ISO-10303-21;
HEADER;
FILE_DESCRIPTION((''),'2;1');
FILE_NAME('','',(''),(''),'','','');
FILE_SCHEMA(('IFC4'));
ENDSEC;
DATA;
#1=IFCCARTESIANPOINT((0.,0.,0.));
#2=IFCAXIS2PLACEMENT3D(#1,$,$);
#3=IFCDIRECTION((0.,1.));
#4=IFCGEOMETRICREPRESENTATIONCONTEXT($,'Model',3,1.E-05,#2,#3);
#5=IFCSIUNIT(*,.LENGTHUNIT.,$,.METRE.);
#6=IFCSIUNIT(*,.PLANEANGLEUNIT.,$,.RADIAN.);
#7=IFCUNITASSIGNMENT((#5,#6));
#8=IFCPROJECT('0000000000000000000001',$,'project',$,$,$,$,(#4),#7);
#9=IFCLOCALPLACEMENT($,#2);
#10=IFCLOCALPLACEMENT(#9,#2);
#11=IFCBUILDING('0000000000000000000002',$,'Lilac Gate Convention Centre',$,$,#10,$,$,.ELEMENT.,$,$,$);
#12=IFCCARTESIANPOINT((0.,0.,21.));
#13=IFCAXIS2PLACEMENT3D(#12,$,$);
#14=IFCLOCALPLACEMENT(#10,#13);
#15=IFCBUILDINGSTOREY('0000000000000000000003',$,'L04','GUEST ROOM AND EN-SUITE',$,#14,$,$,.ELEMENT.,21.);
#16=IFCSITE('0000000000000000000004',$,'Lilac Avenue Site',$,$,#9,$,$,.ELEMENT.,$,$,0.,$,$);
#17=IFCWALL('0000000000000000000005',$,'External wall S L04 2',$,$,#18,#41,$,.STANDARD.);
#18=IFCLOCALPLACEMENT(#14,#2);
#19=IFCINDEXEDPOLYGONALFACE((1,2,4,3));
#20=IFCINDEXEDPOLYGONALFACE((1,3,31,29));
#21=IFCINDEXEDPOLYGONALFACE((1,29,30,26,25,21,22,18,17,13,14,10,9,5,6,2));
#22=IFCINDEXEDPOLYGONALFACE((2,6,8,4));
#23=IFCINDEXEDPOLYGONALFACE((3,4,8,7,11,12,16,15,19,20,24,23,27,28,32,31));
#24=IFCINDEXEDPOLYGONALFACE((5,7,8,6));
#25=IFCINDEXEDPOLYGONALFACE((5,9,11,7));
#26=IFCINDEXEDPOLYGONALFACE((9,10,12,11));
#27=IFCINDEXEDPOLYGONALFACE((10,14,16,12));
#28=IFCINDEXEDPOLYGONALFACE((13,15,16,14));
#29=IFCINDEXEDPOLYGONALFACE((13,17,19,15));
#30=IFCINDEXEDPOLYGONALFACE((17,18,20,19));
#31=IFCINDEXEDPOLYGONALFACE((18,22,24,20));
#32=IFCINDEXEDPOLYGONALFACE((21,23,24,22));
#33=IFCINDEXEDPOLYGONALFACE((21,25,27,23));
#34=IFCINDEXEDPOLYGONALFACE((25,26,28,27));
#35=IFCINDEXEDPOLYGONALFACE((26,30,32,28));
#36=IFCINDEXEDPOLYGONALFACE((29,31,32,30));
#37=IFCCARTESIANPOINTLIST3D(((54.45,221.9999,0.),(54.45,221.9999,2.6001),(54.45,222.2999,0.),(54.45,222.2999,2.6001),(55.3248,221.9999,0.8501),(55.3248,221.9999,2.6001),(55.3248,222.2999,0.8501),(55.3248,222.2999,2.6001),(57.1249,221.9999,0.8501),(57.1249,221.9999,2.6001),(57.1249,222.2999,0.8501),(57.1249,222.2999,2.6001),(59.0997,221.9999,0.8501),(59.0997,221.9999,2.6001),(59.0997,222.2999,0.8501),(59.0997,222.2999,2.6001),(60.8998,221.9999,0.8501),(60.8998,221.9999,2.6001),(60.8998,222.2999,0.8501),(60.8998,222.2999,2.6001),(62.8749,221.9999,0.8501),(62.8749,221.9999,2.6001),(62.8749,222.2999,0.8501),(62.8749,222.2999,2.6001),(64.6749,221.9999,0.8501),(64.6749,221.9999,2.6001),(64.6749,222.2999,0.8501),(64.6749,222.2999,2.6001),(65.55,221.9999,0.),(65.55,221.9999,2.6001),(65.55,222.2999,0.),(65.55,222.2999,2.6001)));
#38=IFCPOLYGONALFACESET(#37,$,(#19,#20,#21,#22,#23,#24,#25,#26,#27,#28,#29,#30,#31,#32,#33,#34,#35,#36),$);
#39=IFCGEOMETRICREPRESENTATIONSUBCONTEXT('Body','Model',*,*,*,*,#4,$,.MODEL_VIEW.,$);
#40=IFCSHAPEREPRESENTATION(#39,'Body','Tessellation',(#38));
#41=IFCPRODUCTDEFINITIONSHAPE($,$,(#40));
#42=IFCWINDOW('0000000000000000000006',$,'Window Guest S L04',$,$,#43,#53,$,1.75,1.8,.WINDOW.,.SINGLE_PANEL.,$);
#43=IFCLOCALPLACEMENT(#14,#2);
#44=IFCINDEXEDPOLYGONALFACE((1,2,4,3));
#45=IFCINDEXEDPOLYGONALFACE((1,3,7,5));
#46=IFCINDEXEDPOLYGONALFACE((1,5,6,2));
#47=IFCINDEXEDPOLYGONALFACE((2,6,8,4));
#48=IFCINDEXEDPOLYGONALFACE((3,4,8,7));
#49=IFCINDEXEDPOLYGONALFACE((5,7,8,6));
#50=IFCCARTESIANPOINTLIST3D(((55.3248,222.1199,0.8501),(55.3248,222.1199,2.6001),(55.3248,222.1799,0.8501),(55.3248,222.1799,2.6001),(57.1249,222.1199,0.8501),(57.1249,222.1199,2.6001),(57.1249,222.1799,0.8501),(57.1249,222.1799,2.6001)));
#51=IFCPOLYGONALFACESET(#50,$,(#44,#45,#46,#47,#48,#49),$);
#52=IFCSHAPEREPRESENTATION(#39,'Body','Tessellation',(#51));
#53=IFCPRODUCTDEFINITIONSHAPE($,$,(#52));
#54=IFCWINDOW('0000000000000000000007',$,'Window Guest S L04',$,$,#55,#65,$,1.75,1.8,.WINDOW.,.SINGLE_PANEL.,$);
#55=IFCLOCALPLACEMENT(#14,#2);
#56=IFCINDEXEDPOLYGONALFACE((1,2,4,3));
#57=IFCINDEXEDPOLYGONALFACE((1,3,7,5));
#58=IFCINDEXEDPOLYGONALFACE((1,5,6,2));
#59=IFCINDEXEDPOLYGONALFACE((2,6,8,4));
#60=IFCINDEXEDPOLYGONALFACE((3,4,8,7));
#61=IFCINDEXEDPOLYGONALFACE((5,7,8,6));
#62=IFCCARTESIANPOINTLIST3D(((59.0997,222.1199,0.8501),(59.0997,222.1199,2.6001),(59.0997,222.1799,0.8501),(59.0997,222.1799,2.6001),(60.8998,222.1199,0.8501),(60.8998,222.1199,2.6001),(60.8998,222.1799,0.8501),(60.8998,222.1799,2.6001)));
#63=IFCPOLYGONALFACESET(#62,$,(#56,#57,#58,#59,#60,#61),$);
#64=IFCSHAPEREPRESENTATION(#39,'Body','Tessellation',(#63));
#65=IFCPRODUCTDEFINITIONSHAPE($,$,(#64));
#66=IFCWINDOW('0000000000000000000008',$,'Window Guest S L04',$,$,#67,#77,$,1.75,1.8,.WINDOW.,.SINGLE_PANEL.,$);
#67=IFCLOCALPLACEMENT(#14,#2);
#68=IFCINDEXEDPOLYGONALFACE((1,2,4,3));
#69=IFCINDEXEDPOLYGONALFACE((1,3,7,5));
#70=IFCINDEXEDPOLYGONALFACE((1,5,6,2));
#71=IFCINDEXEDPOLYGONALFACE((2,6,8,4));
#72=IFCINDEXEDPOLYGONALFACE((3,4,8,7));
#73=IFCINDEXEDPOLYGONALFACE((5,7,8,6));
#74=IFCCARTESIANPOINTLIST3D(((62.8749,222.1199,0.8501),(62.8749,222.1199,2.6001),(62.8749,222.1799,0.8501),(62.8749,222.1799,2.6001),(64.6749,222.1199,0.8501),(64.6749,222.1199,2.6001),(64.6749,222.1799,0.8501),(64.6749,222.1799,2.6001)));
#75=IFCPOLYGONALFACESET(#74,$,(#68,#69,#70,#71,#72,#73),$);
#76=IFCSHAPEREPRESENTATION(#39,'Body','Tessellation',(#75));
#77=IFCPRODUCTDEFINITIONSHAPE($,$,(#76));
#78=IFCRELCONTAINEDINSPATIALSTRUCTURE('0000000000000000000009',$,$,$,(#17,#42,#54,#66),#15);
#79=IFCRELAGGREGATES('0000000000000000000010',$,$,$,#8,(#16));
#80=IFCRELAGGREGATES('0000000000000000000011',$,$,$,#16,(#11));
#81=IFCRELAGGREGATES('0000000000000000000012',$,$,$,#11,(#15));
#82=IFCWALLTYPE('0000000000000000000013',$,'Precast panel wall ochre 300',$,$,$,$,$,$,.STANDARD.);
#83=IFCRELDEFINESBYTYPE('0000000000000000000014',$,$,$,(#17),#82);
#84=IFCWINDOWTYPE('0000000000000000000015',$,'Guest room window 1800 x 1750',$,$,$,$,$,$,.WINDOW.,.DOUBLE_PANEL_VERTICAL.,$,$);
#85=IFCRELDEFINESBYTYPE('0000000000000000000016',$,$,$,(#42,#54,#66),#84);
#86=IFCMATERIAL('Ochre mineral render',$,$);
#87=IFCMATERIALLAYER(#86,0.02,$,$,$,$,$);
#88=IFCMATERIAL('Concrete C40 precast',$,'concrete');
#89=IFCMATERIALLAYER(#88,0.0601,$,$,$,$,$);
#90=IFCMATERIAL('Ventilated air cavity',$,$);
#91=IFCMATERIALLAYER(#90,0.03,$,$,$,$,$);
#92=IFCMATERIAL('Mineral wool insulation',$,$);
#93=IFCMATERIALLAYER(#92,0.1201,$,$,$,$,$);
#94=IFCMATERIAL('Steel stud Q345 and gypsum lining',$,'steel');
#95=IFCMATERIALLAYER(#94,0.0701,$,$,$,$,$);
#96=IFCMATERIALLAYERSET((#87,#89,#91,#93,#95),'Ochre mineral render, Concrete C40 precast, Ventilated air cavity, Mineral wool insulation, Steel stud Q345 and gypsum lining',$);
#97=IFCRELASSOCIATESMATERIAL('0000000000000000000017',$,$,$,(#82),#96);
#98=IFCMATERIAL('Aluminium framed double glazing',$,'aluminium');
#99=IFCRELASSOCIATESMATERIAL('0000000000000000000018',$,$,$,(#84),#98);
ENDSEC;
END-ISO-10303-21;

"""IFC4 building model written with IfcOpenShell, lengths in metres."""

from ifc_helpers import new_model, si_unit, direction, frame, frame_2d, origin, place, context, subcontext, project, spatial, rectangle, extrude, material, layer, layer_set, type_object, element, fill, save


model = new_model("IFC4")

# Units and contexts
model_context = context("Model", 3, precision=1e-05, world=origin(), true_north=direction((0.0, 1.0)))
body_context = subcontext(model_context, "Body", "Model", "MODEL_VIEW")
ifc_project = project(units=[si_unit("LENGTHUNIT", "METRE"), si_unit("PLANEANGLEUNIT", "RADIAN")], contexts=[model_context])

# Site, building, storey
site_placement = place(None, origin())
site = spatial("IfcSite", under=ifc_project, at=site_placement, Name="Lilac Avenue Site", CompositionType="ELEMENT", RefElevation=0.0)
building_placement = place(site_placement, origin())
building = spatial("IfcBuilding", under=site, at=building_placement, Name="Lilac Gate Convention Centre", CompositionType="ELEMENT")
storey_placement = place(building_placement, frame((0.0, 0.0, 21.0)))
storey = spatial("IfcBuildingStorey", under=building, at=storey_placement, Name="L04", Description="GUEST ROOM AND EN-SUITE", CompositionType="ELEMENT", Elevation=21.0)

# Shared definitions
ifc_material_1 = material(Name="Mineral wool insulation")

# Shared definitions
ifc_material_2 = material(Name="Concrete C40 precast", Category="concrete")
ifc_material_3 = material(Name="Ochre mineral render")

# Wall, openings, windows
ifc_layer_1 = layer(ifc_material_3, 0.02)
ifc_layer_2 = layer(ifc_material_2, 0.0601)
ifc_material_4 = material(Name="Ventilated air cavity")
ifc_layer_3 = layer(ifc_material_4, 0.03)
ifc_layer_4 = layer(ifc_material_1, 0.1201)
ifc_material_5 = material(Name="Steel stud Q345 and gypsum lining", Category="steel")
ifc_layer_5 = layer(ifc_material_5, 0.0701)
ifc_layer_set_1 = layer_set([ifc_layer_1, ifc_layer_2, ifc_layer_3, ifc_layer_4, ifc_layer_5], Name="Ochre mineral render, Concrete C40 precast, Ventilated air cavity, Mineral wool insulation, Steel stud Q345 and gypsum lining")
wall_type_1 = type_object("IfcWallType", Name="Precast panel wall ochre 300", PredefinedType="STANDARD", material=ifc_layer_set_1)
ifc_material_6 = material(Name="Aluminium framed double glazing", Category="aluminium")
window_type = type_object("IfcWindowType", Name="Guest room window 1800 x 1750", PartitioningType="DOUBLE_PANEL_VERTICAL", PredefinedType="WINDOW", material=ifc_material_6)
wall_1_placement = place(storey_placement, frame((54.45, 222.1499, 0.0), z_axis=(0.0, 0.0, 1.0), x_axis=(1.0, 0.0, 0.0)))
wall_1 = element("IfcWall", 1, at=wall_1_placement, inside=storey, type_object=wall_type_1, Name="External wall S L04 2", PredefinedType="STANDARD", context=body_context, shape_type="SweptSolid", body=[
    extrude(rectangle(XDim=11.1001, YDim=0.3, at=frame_2d((5.55, 0.0))), origin(), (0.0, 0.0, 1.0), 2.6001),
])
opening_1_placement = place(wall_1_placement, frame((0.875, 0.0, 0.8501)))
opening_1 = element("IfcOpeningElement", 2, at=opening_1_placement, cuts=wall_1, PredefinedType="OPENING", context=body_context, shape_type="SweptSolid", body=[
    extrude(rectangle(XDim=1.8, YDim=1.75, at=frame_2d((0.8999, 0.875))), frame((0.0, 0.1599, 0.0), z_axis=(0.0, -1.0, 0.0), x_axis=(1.0, 0.0, 0.0)), (0.0, 0.0, 1.0), 0.3201),
])
opening_2_placement = place(wall_1_placement, frame((4.6499, 0.0, 0.8501)))
opening_2 = element("IfcOpeningElement", 3, at=opening_2_placement, cuts=wall_1, PredefinedType="OPENING", context=body_context, shape_type="SweptSolid", body=[
    extrude(rectangle(XDim=1.8, YDim=1.75, at=frame_2d((0.8999, 0.875))), frame((0.0, 0.1599, 0.0), z_axis=(0.0, -1.0, 0.0), x_axis=(1.0, 0.0, 0.0)), (0.0, 0.0, 1.0), 0.3201),
])
opening_3_placement = place(wall_1_placement, frame((8.425, 0.0, 0.8501)))
opening_3 = element("IfcOpeningElement", 4, at=opening_3_placement, cuts=wall_1, PredefinedType="OPENING", context=body_context, shape_type="SweptSolid", body=[
    extrude(rectangle(XDim=1.8, YDim=1.75, at=frame_2d((0.8999, 0.875))), frame((0.0, 0.1599, 0.0), z_axis=(0.0, -1.0, 0.0), x_axis=(1.0, 0.0, 0.0)), (0.0, 0.0, 1.0), 0.3201),
])
window_1_placement = place(opening_1_placement, origin())
window_1 = element("IfcWindow", 5, at=window_1_placement, inside=storey, type_object=window_type, Name="Window Guest S L04", OverallHeight=1.75, OverallWidth=1.8, PartitioningType="SINGLE_PANEL", PredefinedType="WINDOW", context=body_context, shape_type="SweptSolid", body=[
    extrude(rectangle(XDim=1.8, YDim=1.75, at=frame_2d((0.8999, 0.875))), frame((0.0, 0.03, 0.0), z_axis=(0.0, -1.0, 0.0), x_axis=(1.0, 0.0, 0.0)), (0.0, 0.0, 1.0), 0.0601),
])
fill(opening_1, window_1)
window_2_placement = place(opening_2_placement, origin())
window_2 = element("IfcWindow", 6, at=window_2_placement, inside=storey, type_object=window_type, Name="Window Guest S L04", OverallHeight=1.75, OverallWidth=1.8, PartitioningType="SINGLE_PANEL", PredefinedType="WINDOW", context=body_context, shape_type="SweptSolid", body=[
    extrude(rectangle(XDim=1.8, YDim=1.75, at=frame_2d((0.8999, 0.875))), frame((0.0, 0.03, 0.0), z_axis=(0.0, -1.0, 0.0), x_axis=(1.0, 0.0, 0.0)), (0.0, 0.0, 1.0), 0.0601),
])
fill(opening_2, window_2)
window_3_placement = place(opening_3_placement, origin())
window_3 = element("IfcWindow", 7, at=window_3_placement, inside=storey, type_object=window_type, Name="Window Guest S L04", OverallHeight=1.75, OverallWidth=1.8, PartitioningType="SINGLE_PANEL", PredefinedType="WINDOW", context=body_context, shape_type="SweptSolid", body=[
    extrude(rectangle(XDim=1.8, YDim=1.75, at=frame_2d((0.8999, 0.875))), frame((0.0, 0.03, 0.0), z_axis=(0.0, -1.0, 0.0), x_axis=(1.0, 0.0, 0.0)), (0.0, 0.0, 1.0), 0.0601),
])
fill(opening_3, window_3)

save(model, "model.ifc")
